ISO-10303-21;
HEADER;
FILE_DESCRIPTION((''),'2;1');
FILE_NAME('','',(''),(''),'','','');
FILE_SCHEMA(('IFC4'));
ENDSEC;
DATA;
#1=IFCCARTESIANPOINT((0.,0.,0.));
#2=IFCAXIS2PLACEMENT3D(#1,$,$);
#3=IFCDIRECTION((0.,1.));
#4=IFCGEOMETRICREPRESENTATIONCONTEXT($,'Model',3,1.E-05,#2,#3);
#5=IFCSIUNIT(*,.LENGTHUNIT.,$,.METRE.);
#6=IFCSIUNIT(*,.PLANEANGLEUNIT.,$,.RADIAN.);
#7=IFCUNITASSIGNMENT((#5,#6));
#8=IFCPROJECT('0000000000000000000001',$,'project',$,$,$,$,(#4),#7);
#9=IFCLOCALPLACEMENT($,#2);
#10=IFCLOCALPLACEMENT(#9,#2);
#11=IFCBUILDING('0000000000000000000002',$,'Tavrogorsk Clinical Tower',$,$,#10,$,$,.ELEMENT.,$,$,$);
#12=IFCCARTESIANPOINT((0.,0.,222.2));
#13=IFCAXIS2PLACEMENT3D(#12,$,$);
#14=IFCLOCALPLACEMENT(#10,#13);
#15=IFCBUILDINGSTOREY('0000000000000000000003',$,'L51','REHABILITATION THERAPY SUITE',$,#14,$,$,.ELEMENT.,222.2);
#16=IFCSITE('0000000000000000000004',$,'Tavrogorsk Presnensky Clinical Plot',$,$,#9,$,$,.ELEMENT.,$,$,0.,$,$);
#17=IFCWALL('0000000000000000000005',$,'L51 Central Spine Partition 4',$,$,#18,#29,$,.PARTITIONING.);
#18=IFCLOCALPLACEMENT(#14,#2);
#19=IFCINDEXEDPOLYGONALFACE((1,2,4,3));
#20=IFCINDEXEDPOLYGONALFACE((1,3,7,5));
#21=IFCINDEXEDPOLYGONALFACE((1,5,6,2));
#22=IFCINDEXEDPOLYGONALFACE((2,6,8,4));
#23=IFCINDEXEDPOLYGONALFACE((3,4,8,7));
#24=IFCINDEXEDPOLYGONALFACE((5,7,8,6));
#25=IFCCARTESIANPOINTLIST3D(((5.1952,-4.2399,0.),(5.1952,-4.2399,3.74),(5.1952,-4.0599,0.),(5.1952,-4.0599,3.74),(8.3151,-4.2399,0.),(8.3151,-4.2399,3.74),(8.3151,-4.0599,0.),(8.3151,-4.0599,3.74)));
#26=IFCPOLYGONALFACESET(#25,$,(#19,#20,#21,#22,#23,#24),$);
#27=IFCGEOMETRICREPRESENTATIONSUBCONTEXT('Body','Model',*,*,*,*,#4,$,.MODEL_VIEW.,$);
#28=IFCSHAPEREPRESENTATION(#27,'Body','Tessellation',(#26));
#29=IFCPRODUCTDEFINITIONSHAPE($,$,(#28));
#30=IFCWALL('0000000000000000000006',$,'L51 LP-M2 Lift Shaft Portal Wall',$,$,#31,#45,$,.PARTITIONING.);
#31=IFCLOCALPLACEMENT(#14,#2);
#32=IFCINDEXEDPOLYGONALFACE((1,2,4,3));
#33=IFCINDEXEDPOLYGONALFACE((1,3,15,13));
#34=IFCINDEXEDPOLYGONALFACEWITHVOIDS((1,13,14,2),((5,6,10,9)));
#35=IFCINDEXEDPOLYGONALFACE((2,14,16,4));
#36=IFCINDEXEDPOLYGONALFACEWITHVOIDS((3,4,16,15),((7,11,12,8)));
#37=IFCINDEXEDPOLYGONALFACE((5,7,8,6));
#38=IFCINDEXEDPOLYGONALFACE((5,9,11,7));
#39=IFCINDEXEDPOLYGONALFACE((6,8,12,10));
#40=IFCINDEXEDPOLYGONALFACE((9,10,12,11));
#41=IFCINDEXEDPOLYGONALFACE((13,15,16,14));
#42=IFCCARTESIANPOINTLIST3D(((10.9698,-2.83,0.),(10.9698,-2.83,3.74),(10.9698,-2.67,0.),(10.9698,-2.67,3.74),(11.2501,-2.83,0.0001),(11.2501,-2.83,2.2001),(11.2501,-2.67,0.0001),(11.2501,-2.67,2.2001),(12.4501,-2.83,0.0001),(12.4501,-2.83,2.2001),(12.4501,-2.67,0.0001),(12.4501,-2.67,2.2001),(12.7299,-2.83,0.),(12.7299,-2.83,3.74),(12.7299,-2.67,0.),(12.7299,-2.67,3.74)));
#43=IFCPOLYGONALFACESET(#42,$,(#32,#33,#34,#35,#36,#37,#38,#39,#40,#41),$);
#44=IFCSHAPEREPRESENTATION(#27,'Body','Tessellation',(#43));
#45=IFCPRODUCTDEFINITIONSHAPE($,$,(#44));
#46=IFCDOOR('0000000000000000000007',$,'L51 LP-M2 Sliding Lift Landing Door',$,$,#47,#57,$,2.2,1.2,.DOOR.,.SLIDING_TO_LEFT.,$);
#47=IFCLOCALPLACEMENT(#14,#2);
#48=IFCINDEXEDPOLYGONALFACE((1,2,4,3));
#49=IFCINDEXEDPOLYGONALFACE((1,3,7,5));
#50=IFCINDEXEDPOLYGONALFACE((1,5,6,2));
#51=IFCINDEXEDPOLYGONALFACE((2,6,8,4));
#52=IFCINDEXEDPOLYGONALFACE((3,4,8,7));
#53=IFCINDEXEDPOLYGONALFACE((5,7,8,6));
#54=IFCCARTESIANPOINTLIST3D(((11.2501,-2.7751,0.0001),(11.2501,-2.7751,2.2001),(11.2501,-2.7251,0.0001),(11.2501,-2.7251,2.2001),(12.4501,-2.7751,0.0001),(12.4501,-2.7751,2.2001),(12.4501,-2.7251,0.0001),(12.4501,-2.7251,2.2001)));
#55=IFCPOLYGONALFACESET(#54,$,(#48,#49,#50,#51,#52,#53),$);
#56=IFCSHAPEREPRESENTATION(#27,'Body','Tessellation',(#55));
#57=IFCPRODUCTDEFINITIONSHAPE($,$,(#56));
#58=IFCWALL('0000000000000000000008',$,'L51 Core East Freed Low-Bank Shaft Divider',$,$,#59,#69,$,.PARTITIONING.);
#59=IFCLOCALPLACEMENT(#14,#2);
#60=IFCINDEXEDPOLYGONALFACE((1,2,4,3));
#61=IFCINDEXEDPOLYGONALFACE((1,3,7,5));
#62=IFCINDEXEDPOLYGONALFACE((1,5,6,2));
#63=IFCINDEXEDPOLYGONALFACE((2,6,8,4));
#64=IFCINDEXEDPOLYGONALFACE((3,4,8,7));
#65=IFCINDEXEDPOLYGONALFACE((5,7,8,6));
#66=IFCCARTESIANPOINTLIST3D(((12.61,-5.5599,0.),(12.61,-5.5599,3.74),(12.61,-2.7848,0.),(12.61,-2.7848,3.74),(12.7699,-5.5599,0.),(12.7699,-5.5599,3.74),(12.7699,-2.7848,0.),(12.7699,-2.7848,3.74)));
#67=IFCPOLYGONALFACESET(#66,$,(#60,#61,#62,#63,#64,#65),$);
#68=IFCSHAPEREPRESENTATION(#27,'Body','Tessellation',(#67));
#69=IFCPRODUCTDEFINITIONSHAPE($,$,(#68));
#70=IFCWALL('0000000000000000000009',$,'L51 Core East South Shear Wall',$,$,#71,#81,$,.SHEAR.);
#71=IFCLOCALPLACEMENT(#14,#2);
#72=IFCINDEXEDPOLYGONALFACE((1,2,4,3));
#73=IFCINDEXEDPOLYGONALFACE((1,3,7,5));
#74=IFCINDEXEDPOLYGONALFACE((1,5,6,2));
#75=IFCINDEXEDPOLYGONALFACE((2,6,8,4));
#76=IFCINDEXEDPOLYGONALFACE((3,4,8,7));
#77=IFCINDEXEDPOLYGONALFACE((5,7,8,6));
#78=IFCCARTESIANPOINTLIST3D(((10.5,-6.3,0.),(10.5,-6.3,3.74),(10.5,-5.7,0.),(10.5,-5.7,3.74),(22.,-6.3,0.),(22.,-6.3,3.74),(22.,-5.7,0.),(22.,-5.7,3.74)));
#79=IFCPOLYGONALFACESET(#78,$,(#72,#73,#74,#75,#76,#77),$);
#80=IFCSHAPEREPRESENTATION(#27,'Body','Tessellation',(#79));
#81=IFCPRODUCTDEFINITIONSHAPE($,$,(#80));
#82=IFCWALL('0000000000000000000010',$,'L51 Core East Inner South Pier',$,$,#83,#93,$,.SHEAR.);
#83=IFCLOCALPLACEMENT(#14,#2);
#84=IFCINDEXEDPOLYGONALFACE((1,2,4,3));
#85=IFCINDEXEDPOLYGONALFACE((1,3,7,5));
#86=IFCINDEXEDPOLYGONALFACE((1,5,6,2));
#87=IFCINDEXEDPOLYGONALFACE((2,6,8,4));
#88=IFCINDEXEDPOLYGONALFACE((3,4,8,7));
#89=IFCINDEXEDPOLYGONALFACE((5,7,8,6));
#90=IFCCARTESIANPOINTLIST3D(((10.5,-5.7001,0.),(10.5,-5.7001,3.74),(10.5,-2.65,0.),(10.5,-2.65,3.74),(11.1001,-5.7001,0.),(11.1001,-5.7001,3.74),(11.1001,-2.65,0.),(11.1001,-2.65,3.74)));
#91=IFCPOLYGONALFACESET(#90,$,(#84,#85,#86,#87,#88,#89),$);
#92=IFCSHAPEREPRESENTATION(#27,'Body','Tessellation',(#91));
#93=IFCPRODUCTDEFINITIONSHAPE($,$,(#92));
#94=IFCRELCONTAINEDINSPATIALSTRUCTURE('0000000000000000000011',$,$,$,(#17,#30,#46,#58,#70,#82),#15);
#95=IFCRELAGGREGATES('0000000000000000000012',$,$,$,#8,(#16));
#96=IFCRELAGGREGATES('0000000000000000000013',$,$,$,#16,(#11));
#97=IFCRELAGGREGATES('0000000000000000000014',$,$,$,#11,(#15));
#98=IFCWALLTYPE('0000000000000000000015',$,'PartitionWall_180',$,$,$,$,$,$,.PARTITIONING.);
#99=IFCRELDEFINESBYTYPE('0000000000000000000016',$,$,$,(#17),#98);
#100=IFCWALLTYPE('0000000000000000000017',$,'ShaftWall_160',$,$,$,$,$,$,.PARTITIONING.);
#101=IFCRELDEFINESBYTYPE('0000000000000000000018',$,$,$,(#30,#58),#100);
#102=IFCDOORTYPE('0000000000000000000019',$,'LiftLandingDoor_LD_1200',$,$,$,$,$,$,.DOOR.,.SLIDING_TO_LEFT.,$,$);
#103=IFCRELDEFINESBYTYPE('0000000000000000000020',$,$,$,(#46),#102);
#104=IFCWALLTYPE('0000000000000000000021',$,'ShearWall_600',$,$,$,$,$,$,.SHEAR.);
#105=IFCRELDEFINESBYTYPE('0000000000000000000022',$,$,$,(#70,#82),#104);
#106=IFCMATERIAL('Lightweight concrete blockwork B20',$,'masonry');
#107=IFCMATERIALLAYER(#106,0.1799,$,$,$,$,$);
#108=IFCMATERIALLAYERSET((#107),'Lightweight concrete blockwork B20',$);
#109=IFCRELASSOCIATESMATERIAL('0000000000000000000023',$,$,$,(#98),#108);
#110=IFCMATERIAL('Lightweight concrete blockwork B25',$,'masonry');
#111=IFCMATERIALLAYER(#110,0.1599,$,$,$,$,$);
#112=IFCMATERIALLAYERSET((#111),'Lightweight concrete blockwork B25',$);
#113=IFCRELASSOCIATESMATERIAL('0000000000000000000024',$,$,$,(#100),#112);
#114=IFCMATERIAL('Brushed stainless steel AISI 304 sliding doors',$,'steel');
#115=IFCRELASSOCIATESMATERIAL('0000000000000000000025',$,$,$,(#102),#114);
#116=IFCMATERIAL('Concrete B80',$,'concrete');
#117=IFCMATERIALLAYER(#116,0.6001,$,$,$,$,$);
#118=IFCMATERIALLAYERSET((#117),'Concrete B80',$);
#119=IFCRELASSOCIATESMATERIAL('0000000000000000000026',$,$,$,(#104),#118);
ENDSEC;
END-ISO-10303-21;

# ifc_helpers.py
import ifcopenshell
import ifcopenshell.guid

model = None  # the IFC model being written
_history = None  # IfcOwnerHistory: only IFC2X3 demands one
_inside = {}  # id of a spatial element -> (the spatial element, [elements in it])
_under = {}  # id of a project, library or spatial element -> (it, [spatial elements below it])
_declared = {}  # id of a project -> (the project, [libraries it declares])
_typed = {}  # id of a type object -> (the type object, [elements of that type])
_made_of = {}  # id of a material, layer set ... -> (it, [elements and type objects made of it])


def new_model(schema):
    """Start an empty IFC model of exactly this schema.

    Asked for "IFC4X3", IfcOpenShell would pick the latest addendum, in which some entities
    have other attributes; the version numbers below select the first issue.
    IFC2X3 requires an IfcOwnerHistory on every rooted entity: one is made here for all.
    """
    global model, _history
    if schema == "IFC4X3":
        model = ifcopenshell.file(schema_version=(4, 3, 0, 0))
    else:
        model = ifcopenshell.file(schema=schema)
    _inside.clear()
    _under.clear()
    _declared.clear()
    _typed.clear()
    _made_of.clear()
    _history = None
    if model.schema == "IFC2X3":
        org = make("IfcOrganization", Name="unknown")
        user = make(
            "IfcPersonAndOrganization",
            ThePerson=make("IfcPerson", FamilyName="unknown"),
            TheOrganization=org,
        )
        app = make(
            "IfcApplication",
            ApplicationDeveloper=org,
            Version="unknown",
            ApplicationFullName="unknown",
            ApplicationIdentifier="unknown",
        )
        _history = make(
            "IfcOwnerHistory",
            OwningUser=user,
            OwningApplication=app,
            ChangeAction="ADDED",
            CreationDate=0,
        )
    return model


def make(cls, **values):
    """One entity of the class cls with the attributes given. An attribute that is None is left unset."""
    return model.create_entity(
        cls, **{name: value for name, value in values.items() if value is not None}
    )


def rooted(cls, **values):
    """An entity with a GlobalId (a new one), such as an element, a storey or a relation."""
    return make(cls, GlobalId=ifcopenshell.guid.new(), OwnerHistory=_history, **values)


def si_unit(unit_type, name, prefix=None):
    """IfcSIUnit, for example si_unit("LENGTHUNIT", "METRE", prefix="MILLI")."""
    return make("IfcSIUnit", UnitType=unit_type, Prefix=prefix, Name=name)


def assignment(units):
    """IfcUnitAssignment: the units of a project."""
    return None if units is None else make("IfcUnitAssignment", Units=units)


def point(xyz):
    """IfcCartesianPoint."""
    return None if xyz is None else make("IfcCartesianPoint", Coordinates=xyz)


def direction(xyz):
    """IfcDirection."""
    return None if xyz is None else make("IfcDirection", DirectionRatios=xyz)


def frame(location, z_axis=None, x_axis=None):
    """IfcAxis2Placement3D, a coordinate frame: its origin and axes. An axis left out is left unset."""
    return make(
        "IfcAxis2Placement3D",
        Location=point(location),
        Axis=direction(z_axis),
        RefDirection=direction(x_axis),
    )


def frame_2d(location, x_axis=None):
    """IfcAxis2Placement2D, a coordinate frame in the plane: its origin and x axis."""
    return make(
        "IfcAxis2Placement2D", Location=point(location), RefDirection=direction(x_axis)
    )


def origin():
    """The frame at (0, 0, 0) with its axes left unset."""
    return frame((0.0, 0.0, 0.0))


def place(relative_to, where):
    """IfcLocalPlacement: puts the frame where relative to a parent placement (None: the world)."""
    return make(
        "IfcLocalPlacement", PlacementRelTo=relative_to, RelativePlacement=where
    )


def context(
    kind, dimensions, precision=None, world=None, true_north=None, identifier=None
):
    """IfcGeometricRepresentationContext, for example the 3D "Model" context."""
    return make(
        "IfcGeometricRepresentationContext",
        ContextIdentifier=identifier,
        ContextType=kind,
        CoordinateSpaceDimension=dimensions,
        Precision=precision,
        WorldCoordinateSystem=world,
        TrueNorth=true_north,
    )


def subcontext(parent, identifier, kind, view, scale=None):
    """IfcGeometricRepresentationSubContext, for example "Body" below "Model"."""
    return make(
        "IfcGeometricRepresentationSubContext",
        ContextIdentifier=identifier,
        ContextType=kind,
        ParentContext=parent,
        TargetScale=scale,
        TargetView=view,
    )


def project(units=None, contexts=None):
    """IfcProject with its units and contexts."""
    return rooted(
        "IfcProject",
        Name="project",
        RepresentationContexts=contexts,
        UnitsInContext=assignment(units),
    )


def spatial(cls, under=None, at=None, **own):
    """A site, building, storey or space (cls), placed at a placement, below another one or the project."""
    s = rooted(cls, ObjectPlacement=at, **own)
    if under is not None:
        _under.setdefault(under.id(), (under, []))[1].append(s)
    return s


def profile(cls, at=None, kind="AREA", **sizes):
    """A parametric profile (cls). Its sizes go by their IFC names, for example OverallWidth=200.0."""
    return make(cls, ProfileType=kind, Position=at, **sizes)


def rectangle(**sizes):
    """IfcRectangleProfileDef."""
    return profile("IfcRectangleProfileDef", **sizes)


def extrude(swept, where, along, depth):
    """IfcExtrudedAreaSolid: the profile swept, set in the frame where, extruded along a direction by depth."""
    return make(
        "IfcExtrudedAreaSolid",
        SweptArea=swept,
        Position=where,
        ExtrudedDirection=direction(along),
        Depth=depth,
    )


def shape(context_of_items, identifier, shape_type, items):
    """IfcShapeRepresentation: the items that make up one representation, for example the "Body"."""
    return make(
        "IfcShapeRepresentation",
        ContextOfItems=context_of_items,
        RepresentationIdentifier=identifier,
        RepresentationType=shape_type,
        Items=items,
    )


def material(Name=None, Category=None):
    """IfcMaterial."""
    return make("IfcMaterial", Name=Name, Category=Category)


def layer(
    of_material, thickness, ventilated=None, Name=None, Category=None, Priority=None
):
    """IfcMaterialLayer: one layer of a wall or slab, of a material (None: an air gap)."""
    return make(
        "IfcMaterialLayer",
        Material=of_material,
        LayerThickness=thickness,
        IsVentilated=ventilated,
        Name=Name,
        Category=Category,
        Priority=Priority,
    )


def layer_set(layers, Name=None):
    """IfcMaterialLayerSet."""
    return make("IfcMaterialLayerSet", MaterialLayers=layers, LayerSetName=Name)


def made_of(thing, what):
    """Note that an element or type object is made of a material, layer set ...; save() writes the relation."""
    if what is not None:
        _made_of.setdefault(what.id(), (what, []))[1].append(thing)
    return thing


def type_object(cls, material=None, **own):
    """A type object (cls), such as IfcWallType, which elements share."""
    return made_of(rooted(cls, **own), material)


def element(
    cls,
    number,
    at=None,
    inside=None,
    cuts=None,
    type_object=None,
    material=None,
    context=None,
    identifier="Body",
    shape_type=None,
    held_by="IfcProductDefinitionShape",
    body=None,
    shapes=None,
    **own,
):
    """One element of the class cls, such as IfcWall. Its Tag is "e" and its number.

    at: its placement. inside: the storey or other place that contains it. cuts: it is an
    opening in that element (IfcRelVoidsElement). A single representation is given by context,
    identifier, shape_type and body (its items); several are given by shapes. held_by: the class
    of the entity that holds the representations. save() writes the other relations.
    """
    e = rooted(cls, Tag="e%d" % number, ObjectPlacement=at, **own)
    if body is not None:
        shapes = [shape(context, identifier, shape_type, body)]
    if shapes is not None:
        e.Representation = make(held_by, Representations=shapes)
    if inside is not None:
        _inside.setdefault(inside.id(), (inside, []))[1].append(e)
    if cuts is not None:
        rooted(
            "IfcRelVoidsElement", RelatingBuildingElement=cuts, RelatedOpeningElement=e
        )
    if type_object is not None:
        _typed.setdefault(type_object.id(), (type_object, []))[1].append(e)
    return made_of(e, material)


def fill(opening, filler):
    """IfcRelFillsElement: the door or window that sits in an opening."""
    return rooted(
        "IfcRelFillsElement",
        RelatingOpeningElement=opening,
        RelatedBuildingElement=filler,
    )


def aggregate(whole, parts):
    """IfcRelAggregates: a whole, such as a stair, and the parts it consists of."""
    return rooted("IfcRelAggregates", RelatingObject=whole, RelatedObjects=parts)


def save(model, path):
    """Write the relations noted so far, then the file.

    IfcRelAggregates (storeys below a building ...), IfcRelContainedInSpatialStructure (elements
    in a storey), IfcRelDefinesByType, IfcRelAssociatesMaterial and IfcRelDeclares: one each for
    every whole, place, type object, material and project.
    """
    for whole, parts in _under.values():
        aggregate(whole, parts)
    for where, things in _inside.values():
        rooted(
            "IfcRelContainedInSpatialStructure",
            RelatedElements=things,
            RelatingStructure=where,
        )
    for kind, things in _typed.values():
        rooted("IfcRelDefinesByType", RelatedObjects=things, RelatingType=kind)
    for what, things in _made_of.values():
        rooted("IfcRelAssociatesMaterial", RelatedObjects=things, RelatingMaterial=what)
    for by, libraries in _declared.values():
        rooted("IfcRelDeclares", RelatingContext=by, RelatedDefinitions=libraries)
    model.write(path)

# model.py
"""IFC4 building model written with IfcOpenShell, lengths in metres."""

from ifc_helpers import new_model, si_unit, direction, frame, frame_2d, origin, place, context, subcontext, project, spatial, rectangle, extrude, material, layer, layer_set, type_object, element, fill, save


model = new_model("IFC4")

# Units and contexts
model_context = context("Model", 3, precision=1e-05, world=origin(), true_north=direction((0.0, 1.0)))
body_context = subcontext(model_context, "Body", "Model", "MODEL_VIEW")
ifc_project = project(units=[si_unit("LENGTHUNIT", "METRE"), si_unit("PLANEANGLEUNIT", "RADIAN")], contexts=[model_context])

# Site, building, storey
site_placement = place(None, origin())
site = spatial("IfcSite", under=ifc_project, at=site_placement, Name="Tavrogorsk Presnensky Clinical Plot", CompositionType="ELEMENT", RefElevation=0.0)
building_placement = place(site_placement, origin())
building = spatial("IfcBuilding", under=site, at=building_placement, Name="Tavrogorsk Clinical Tower", CompositionType="ELEMENT")
storey_placement = place(building_placement, frame((0.0, 0.0, 222.2)))
storey = spatial("IfcBuildingStorey", under=building, at=storey_placement, Name="L51", Description="REHABILITATION THERAPY SUITE", CompositionType="ELEMENT", Elevation=222.2)

# Wall
ifc_material_1 = material(Name="Lightweight concrete blockwork B20", Category="masonry")
ifc_layer_1 = layer(ifc_material_1, 0.1799)
ifc_layer_set_1 = layer_set([ifc_layer_1], Name="Lightweight concrete blockwork B20")
wall_type_1 = type_object("IfcWallType", Name="PartitionWall_180", PredefinedType="PARTITIONING", material=ifc_layer_set_1)
wall_1_placement = place(storey_placement, frame((5.1951, -4.1499, 0.0), z_axis=(0.0, 0.0, 1.0), x_axis=(1.0, 0.0, 0.0)))
element("IfcWall", 1, at=wall_1_placement, inside=storey, type_object=wall_type_1, Name="L51 Central Spine Partition 4", PredefinedType="PARTITIONING", context=body_context, shape_type="SweptSolid", body=[
    extrude(rectangle(XDim=3.1199, YDim=0.1799, at=frame_2d((1.5601, 0.0))), origin(), (0.0, 0.0, 1.0), 3.74),
])

# Wall, opening, door
ifc_material_2 = material(Name="Lightweight concrete blockwork B25", Category="masonry")
ifc_layer_2 = layer(ifc_material_2, 0.1599)
ifc_layer_set_2 = layer_set([ifc_layer_2], Name="Lightweight concrete blockwork B25")
wall_type_2 = type_object("IfcWallType", Name="ShaftWall_160", PredefinedType="PARTITIONING", material=ifc_layer_set_2)
wall_2_placement = place(storey_placement, frame((10.97, -2.75, 0.0), z_axis=(0.0, 0.0, 1.0), x_axis=(1.0, 0.0, 0.0)))
wall_2 = element("IfcWall", 2, at=wall_2_placement, inside=storey, type_object=wall_type_2, Name="L51 LP-M2 Lift Shaft Portal Wall", PredefinedType="PARTITIONING", context=body_context, shape_type="SweptSolid", body=[
    extrude(rectangle(XDim=1.76, YDim=0.1599, at=frame_2d((0.8799, 0.0))), origin(), (0.0, 0.0, 1.0), 3.74),
])
opening_1_placement = place(wall_2_placement, frame((0.28, 0.0, 0.0)))
opening_1 = element("IfcOpeningElement", 3, at=opening_1_placement, cuts=wall_2, PredefinedType="OPENING", context=body_context, shape_type="SweptSolid", body=[
    extrude(rectangle(XDim=1.2, YDim=2.2, at=frame_2d((0.6001, 1.1001))), frame((0.0, 0.0898, 0.0), z_axis=(0.0, -1.0, 0.0), x_axis=(1.0, 0.0, 0.0)), (0.0, 0.0, 1.0), 0.1799),
])
ifc_material_3 = material(Name="Brushed stainless steel AISI 304 sliding doors", Category="steel")
door_type_1 = type_object("IfcDoorType", Name="LiftLandingDoor_LD_1200", OperationType="SLIDING_TO_LEFT", PredefinedType="DOOR", material=ifc_material_3)
door_1_placement = place(opening_1_placement, origin())
door_1 = element("IfcDoor", 4, at=door_1_placement, inside=storey, type_object=door_type_1, Name="L51 LP-M2 Sliding Lift Landing Door", OperationType="SLIDING_TO_LEFT", OverallHeight=2.2, OverallWidth=1.2, PredefinedType="DOOR", context=body_context, shape_type="SweptSolid", body=[
    extrude(rectangle(XDim=1.2, YDim=2.2, at=frame_2d((0.6001, 1.1001))), frame((0.0, 0.0249, 0.0), z_axis=(0.0, -1.0, 0.0), x_axis=(1.0, 0.0, 0.0)), (0.0, 0.0, 1.0), 0.05),
])
fill(opening_1, door_1)

# Walls
wall_3_placement = place(storey_placement, frame((12.6899, -5.5601, 0.0), z_axis=(0.0, 0.0, 1.0), x_axis=(0.0, 1.0, 0.0)))
element("IfcWall", 5, at=wall_3_placement, inside=storey, type_object=wall_type_2, Name="L51 Core East Freed Low-Bank Shaft Divider", PredefinedType="PARTITIONING", context=body_context, shape_type="SweptSolid", body=[
    extrude(rectangle(XDim=2.7751, YDim=0.1599, at=frame_2d((1.3877, 0.0))), origin(), (0.0, 0.0, 1.0), 3.74),
])
ifc_material_4 = material(Name="Concrete B80", Category="concrete")
ifc_layer_3 = layer(ifc_material_4, 0.6001)
ifc_layer_set_3 = layer_set([ifc_layer_3], Name="Concrete B80")
wall_type_3 = type_object("IfcWallType", Name="ShearWall_600", PredefinedType="SHEAR", material=ifc_layer_set_3)
wall_4_placement = place(storey_placement, frame((10.5, -6.0, 0.0), z_axis=(0.0, 0.0, 1.0), x_axis=(1.0, 0.0, 0.0)))
element("IfcWall", 6, at=wall_4_placement, inside=storey, type_object=wall_type_3, Name="L51 Core East South Shear Wall", PredefinedType="SHEAR", context=body_context, shape_type="SweptSolid", body=[
    extrude(rectangle(XDim=11.5, YDim=0.6001, at=frame_2d((5.75, 0.0))), origin(), (0.0, 0.0, 1.0), 3.74),
])
wall_5_placement = place(storey_placement, frame((10.8, -5.7, 0.0), z_axis=(0.0, 0.0, 1.0), x_axis=(0.0, 1.0, 0.0)))
element("IfcWall", 7, at=wall_5_placement, inside=storey, type_object=wall_type_3, Name="L51 Core East Inner South Pier", PredefinedType="SHEAR", context=body_context, shape_type="SweptSolid", body=[
    extrude(rectangle(XDim=3.05, YDim=0.6001, at=frame_2d((1.5249, 0.0))), origin(), (0.0, 0.0, 1.0), 3.74),
])

save(model, "model.ifc")
